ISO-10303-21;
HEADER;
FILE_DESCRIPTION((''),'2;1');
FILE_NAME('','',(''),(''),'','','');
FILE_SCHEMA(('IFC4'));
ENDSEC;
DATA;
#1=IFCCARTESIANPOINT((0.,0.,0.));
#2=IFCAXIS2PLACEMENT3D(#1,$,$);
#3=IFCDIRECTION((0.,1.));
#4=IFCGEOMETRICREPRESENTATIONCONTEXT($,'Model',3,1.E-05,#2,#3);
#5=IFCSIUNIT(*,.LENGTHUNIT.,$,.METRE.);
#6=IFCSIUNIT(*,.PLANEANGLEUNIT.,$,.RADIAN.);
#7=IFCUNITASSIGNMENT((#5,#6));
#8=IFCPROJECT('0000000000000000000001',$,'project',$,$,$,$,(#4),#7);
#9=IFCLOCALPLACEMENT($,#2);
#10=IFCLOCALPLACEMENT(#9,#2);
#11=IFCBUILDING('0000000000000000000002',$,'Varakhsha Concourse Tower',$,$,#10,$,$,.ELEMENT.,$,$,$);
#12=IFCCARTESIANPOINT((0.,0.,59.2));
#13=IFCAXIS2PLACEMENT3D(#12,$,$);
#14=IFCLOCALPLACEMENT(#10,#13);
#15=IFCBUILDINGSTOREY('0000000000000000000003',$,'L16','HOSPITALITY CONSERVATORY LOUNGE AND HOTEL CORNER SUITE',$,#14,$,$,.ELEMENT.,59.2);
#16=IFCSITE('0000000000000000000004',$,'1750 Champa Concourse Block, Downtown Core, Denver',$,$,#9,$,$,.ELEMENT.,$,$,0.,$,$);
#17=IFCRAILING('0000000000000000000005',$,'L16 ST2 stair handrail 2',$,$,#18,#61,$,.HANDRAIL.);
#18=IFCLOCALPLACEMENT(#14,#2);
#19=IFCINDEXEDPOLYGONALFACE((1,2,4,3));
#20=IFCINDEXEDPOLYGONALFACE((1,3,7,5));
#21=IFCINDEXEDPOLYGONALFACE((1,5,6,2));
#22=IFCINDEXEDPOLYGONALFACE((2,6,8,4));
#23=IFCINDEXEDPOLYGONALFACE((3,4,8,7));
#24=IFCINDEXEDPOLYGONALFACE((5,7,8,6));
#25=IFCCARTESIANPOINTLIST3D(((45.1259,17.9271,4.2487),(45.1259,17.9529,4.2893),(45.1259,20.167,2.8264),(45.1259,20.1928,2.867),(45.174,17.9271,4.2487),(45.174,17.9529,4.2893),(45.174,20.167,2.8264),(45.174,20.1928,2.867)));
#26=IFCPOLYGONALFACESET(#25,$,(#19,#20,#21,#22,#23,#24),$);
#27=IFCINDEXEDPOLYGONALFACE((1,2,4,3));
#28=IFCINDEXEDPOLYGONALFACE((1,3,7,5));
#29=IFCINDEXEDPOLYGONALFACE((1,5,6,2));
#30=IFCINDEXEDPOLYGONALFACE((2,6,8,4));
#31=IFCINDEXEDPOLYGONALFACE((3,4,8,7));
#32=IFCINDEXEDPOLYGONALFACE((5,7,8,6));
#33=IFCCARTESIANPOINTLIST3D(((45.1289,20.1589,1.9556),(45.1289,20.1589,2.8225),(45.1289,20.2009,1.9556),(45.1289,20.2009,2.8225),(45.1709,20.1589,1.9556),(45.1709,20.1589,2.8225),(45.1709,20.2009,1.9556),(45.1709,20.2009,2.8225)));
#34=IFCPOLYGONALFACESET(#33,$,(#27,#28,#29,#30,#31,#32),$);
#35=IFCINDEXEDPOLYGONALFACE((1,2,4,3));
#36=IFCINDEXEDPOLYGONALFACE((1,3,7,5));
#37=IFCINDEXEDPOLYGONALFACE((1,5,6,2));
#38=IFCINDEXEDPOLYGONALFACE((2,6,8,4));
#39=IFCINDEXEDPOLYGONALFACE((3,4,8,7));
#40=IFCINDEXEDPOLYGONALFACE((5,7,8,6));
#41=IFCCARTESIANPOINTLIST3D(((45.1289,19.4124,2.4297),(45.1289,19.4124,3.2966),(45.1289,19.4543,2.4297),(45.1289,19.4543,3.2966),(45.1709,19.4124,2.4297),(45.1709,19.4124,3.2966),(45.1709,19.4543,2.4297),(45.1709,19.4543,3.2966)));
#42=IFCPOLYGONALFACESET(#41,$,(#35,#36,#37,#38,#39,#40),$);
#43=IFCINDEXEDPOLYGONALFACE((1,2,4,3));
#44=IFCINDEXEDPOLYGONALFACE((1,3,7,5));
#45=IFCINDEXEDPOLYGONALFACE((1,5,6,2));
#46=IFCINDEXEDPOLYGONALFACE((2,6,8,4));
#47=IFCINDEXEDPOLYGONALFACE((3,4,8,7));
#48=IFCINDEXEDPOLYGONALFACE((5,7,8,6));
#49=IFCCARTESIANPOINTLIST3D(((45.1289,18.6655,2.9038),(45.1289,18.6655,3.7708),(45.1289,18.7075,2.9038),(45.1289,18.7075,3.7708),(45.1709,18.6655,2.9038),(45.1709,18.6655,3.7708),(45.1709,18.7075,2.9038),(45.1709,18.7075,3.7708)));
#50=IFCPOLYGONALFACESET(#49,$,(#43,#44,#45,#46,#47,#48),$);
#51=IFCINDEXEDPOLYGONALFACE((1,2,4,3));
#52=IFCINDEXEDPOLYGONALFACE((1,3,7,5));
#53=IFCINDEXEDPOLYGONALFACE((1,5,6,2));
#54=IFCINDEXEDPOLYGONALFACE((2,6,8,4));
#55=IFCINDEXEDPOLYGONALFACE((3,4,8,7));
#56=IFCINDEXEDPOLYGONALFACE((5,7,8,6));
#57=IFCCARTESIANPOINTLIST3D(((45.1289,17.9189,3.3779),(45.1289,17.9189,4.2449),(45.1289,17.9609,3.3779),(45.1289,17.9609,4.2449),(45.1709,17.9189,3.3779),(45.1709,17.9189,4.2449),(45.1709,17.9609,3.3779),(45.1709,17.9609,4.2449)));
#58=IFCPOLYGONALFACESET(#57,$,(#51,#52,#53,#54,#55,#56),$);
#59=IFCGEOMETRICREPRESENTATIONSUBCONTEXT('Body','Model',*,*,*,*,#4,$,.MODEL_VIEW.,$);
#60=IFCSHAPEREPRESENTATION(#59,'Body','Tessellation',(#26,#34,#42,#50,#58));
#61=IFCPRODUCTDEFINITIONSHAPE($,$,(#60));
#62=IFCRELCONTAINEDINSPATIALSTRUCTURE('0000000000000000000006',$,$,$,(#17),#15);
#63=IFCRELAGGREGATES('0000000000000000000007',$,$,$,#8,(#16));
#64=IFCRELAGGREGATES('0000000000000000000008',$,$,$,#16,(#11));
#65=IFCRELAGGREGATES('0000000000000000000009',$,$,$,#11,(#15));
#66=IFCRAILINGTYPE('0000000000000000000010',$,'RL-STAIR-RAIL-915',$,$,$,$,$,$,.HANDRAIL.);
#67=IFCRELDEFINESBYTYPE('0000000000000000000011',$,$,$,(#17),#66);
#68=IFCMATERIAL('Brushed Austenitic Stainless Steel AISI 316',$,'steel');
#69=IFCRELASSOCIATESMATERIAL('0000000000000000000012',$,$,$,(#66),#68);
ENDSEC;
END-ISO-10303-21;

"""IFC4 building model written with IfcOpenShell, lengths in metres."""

from ifc_helpers import new_model, si_unit, direction, frame, origin, origin_2d, place, context, subcontext, project, spatial, rectangle, extrude, material, type_object, element, save


model = new_model("IFC4")

# Units and contexts
model_context = context("Model", 3, precision=1e-05, world=origin(), true_north=direction((0.0, 1.0)))
body_context = subcontext(model_context, "Body", "Model", "MODEL_VIEW")
ifc_project = project(units=[si_unit("LENGTHUNIT", "METRE"), si_unit("PLANEANGLEUNIT", "RADIAN")], contexts=[model_context])

# Site, building, storey
site_placement = place(None, origin())
site = spatial("IfcSite", under=ifc_project, at=site_placement, Name="1750 Champa Concourse Block, Downtown Core, Denver", CompositionType="ELEMENT", RefElevation=0.0)
building_placement = place(site_placement, origin())
building = spatial("IfcBuilding", under=site, at=building_placement, Name="Varakhsha Concourse Tower", CompositionType="ELEMENT")
storey_placement = place(building_placement, frame((0.0, 0.0, 59.2)))
storey = spatial("IfcBuildingStorey", under=building, at=storey_placement, Name="L16", Description="HOSPITALITY CONSERVATORY LOUNGE AND HOTEL CORNER SUITE", CompositionType="ELEMENT", Elevation=59.2)

# Railing
ifc_material_1 = material(Name="Brushed Austenitic Stainless Steel AISI 316", Category="steel")
railing_type_1 = type_object("IfcRailingType", Name="RL-STAIR-RAIL-915", PredefinedType="HANDRAIL", material=ifc_material_1)
railing_1_placement = place(storey_placement, frame((45.1499, 20.1799, 1.9556)))
element("IfcRailing", 1, at=railing_1_placement, inside=storey, type_object=railing_type_1, Name="L16 ST2 stair handrail 2", PredefinedType="HANDRAIL", context=body_context, shape_type="SweptSolid", body=[
    extrude(rectangle(XDim=0.0481, YDim=0.0481, at=origin_2d()), frame((0.0, 0.0, 0.8911), z_axis=(0.0, -0.844188, 0.536048), x_axis=(1.0, 0.0, 0.0)), (0.0, 0.0, 1.0), 2.6533),
    extrude(rectangle(XDim=0.042, YDim=0.042, at=origin_2d()), origin(), (0.0, 0.0, 1.0), 0.8669),
    extrude(rectangle(XDim=0.042, YDim=0.042, at=origin_2d()), frame((0.0, -0.7466, 0.4741)), (0.0, 0.0, 1.0), 0.8669),
    extrude(rectangle(XDim=0.042, YDim=0.042, at=origin_2d()), frame((0.0, -1.4934, 0.9482)), (0.0, 0.0, 1.0), 0.8669),
    extrude(rectangle(XDim=0.042, YDim=0.042, at=origin_2d()), frame((0.0, -2.24, 1.4224)), (0.0, 0.0, 1.0), 0.8669),
])

save(model, "model.ifc")
